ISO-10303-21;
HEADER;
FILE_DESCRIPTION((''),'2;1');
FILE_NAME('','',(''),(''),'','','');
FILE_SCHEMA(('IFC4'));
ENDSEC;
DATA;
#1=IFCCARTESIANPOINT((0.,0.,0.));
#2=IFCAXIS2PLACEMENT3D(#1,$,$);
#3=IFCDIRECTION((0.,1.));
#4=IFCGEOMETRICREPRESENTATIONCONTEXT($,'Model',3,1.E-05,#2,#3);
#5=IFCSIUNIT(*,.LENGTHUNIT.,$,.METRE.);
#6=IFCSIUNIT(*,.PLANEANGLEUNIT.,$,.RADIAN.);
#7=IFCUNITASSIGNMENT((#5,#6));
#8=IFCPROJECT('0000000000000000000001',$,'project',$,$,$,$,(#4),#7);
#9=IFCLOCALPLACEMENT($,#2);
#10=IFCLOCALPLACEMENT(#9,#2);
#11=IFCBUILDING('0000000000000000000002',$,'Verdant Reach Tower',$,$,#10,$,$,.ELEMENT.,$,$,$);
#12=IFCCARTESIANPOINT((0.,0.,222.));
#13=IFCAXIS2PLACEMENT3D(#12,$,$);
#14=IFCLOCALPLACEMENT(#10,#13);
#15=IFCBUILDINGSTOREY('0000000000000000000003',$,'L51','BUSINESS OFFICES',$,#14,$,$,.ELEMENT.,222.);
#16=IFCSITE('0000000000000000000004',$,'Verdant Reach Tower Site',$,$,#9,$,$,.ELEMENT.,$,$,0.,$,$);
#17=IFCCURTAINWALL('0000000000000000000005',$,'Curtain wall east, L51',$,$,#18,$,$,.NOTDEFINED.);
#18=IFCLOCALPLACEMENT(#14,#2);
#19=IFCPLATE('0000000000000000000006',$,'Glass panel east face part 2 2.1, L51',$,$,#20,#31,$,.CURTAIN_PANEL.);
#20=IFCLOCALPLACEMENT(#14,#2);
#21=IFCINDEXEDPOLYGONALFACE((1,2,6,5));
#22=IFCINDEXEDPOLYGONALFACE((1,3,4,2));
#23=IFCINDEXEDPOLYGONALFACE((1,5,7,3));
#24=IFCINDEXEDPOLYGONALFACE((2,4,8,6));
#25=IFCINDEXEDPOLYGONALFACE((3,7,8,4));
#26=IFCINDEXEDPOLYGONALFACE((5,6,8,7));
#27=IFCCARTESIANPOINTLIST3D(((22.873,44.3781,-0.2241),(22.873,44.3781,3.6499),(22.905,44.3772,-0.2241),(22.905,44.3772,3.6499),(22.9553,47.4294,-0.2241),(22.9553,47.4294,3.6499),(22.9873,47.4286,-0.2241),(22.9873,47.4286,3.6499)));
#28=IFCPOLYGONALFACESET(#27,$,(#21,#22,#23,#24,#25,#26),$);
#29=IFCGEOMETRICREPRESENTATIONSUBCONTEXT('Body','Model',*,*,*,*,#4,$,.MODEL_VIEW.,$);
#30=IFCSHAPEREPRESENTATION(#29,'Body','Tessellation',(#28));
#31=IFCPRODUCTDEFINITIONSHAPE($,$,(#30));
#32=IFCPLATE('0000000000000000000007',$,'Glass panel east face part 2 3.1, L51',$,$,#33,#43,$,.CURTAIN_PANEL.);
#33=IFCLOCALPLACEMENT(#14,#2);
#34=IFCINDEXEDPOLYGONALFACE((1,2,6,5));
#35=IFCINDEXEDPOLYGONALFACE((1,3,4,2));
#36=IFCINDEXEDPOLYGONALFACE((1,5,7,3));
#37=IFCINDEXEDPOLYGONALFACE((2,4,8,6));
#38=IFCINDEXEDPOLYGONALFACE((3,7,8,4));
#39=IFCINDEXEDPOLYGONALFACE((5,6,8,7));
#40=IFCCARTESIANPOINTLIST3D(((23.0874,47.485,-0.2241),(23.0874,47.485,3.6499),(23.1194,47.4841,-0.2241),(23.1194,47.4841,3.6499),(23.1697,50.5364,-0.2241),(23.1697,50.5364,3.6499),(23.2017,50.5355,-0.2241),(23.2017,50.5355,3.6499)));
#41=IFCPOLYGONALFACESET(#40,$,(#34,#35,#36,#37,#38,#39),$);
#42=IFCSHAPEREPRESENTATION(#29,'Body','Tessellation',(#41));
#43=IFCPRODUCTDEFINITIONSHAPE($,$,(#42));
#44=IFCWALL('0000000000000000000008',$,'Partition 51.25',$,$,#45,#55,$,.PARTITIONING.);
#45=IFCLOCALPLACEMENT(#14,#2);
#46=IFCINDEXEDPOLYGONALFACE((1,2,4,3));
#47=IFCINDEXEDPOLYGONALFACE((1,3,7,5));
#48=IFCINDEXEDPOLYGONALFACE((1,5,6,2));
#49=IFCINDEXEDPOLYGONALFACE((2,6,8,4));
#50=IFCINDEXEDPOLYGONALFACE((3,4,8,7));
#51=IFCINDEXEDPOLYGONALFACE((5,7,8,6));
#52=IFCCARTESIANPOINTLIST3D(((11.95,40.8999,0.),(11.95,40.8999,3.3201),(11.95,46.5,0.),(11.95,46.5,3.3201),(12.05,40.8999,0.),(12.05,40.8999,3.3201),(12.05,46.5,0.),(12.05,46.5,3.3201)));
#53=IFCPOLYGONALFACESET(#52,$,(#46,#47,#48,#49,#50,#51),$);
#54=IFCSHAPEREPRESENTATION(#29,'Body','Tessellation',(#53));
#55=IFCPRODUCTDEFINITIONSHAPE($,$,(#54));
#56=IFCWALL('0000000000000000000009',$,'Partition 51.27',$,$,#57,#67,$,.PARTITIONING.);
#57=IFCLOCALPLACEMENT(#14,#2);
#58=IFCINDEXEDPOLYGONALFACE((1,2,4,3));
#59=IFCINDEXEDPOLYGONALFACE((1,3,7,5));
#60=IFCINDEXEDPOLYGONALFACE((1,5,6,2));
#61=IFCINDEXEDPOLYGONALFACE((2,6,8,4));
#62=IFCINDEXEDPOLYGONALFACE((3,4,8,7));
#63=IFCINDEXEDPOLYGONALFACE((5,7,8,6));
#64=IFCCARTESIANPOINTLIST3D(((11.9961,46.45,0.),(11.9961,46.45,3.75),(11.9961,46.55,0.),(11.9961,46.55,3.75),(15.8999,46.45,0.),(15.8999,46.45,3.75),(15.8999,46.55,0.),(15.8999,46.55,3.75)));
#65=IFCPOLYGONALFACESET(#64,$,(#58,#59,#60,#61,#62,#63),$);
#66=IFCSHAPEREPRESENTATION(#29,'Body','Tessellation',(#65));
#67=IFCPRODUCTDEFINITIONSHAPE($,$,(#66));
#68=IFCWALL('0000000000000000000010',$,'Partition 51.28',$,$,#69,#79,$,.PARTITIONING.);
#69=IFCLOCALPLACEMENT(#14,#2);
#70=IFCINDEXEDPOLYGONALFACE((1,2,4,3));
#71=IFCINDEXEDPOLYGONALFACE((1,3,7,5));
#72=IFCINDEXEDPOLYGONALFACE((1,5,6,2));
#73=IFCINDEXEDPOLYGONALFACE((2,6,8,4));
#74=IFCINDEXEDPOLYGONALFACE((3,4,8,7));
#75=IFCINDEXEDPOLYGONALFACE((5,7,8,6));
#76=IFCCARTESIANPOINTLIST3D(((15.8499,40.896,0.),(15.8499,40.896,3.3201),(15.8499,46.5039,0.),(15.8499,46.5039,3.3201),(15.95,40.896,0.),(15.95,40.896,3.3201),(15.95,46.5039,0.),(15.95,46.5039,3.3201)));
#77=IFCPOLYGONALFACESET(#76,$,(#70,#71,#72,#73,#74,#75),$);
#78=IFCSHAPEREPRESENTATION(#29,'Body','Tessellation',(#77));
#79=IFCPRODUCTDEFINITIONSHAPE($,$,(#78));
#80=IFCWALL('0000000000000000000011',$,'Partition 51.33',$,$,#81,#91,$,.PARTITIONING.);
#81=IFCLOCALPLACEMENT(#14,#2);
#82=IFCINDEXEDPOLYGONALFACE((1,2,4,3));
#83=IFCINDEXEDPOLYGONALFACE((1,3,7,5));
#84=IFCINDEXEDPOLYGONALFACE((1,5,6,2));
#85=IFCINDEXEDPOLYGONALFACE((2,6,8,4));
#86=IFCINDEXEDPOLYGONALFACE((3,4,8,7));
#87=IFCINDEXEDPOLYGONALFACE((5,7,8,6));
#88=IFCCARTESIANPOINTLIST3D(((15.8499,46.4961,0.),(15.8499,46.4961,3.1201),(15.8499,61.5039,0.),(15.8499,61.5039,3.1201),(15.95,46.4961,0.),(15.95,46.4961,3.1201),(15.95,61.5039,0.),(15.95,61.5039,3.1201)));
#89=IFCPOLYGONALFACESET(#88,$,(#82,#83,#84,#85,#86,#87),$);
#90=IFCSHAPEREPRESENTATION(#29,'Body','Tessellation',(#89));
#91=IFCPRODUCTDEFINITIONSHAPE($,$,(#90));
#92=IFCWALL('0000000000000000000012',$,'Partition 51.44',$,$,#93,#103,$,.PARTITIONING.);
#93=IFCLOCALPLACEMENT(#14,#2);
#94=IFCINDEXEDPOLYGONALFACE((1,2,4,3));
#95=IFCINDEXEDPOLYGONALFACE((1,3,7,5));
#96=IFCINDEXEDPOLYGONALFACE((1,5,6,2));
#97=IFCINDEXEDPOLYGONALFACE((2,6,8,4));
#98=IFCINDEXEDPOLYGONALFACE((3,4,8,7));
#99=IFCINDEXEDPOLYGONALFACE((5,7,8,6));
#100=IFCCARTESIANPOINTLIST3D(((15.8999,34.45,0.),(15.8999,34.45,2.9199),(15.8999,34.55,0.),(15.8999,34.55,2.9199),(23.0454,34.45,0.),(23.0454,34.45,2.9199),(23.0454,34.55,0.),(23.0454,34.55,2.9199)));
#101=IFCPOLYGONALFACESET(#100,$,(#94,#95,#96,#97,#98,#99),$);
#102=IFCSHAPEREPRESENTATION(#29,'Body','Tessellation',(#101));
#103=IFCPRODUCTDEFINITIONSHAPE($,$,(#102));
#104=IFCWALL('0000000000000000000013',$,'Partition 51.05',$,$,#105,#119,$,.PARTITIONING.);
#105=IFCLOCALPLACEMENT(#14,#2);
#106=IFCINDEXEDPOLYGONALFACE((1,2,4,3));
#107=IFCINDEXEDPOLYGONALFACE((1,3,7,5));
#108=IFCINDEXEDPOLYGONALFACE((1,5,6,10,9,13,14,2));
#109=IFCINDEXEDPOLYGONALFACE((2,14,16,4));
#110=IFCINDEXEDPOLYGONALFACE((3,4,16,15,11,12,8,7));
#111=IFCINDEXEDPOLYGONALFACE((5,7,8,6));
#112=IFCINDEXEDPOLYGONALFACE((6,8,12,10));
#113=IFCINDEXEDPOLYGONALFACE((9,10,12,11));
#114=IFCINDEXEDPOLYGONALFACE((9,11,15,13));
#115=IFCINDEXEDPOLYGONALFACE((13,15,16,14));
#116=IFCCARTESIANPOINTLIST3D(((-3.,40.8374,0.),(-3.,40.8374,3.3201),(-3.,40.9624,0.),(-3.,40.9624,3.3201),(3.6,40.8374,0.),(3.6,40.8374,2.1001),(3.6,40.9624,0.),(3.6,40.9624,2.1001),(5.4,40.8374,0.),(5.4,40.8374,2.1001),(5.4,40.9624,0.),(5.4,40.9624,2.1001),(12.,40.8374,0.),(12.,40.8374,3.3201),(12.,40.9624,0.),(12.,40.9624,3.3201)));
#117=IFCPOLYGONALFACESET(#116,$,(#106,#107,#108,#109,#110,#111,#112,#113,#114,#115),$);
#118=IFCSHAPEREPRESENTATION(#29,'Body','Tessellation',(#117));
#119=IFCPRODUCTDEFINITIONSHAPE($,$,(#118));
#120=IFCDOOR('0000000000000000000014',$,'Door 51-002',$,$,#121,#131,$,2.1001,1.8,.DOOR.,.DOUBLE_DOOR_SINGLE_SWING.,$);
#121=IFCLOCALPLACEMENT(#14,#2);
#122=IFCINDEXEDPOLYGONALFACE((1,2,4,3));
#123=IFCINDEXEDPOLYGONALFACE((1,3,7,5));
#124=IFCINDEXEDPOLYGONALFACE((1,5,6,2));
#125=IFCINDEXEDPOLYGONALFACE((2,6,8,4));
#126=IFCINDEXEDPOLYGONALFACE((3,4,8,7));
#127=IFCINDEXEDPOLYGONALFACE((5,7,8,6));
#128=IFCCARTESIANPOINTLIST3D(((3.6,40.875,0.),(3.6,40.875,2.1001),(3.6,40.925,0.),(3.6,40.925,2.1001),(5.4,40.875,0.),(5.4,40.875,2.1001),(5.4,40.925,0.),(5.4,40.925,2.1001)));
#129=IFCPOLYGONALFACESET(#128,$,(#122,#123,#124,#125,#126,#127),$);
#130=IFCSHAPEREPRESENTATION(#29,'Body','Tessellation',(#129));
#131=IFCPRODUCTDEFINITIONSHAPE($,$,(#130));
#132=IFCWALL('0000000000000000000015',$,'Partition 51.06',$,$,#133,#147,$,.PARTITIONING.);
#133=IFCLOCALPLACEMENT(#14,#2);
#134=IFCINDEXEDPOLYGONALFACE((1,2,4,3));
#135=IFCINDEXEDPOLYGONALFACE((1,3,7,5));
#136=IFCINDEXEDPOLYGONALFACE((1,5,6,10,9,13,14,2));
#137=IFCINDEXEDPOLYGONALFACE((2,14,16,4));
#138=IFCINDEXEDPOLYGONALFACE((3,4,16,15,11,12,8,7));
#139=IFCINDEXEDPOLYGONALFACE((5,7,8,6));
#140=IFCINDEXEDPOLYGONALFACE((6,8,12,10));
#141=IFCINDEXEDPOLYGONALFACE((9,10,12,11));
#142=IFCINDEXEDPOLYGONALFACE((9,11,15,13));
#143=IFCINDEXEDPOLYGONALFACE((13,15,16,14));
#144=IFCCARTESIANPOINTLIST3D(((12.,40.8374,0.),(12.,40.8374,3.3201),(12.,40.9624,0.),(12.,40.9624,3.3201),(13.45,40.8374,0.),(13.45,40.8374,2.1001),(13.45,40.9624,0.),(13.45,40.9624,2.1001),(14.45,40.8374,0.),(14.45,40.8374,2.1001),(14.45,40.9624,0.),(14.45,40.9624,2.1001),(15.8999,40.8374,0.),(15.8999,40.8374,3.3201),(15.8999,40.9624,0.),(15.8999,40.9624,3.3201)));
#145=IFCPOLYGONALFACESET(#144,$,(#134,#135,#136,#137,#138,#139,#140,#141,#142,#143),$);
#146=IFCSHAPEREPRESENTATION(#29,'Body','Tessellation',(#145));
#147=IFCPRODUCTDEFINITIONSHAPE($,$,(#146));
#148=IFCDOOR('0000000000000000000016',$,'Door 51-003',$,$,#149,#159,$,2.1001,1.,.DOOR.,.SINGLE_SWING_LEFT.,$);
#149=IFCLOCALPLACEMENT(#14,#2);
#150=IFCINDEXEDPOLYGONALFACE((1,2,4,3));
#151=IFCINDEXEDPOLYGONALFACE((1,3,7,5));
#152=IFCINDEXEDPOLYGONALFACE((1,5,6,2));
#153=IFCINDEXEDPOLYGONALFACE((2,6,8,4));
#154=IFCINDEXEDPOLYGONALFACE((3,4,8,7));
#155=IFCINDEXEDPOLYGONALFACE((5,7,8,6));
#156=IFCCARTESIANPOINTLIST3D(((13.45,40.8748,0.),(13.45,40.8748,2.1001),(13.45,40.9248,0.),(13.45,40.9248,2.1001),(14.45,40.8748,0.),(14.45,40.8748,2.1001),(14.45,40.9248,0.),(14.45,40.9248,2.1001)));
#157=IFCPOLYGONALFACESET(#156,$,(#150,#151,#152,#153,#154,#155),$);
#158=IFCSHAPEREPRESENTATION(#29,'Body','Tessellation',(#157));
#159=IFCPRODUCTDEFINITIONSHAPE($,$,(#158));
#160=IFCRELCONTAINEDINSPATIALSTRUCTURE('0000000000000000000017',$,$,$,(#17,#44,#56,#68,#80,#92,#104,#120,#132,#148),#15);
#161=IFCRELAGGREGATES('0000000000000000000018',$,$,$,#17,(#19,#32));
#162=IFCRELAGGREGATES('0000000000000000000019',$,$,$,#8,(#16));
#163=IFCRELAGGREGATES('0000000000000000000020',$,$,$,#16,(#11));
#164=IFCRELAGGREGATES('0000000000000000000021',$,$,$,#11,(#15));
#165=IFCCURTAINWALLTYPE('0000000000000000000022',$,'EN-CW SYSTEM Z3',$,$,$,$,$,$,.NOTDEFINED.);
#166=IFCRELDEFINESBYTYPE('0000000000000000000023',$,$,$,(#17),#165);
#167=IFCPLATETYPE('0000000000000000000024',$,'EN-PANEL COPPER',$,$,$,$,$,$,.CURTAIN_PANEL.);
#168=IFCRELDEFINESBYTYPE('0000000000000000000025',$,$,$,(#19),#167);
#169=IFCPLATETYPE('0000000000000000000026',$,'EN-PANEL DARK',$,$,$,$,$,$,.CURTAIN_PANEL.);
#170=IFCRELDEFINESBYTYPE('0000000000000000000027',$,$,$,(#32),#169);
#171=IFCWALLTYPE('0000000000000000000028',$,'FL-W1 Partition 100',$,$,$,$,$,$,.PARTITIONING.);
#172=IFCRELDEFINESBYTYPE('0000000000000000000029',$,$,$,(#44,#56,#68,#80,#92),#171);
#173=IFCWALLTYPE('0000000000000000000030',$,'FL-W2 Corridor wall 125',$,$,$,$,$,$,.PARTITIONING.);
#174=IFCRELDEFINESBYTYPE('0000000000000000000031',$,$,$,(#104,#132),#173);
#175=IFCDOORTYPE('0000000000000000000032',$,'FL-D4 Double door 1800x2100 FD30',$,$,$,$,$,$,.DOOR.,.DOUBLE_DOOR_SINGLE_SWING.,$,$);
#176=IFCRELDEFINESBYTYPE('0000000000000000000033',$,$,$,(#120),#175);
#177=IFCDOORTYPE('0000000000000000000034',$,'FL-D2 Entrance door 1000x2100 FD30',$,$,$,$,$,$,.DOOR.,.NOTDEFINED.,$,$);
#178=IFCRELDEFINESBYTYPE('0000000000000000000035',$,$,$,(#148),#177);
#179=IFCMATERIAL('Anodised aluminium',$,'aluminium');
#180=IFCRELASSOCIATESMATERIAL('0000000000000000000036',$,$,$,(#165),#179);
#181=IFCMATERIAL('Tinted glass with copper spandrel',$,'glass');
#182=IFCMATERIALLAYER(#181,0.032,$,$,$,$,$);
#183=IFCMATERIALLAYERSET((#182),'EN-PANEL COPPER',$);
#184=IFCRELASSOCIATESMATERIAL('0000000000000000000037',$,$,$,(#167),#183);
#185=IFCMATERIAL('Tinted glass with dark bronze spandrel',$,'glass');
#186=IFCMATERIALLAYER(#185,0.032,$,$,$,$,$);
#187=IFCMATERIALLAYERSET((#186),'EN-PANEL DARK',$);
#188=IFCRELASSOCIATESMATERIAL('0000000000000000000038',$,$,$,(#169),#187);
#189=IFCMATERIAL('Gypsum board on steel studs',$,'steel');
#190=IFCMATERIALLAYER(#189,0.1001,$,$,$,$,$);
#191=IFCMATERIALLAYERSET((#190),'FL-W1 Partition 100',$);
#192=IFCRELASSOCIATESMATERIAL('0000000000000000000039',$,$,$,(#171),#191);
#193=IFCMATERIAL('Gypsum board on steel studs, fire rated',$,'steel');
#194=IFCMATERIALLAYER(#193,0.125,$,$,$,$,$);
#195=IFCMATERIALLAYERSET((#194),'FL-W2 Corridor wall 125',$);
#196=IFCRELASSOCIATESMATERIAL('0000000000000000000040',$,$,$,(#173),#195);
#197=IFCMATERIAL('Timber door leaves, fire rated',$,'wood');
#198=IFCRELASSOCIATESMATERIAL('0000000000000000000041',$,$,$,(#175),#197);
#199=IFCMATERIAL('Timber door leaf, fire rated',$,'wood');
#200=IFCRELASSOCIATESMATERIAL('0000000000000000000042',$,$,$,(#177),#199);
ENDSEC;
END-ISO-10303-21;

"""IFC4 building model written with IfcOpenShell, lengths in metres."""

from ifc_helpers import new_model, si_unit, direction, frame, frame_2d, origin, origin_2d, place, context, subcontext, project, spatial, rectangle, extrude, material, layer, layer_set, type_object, element, fill, aggregate, save


model = new_model("IFC4")

# Units and contexts
model_context = context("Model", 3, precision=1e-05, world=origin(), true_north=direction((0.0, 1.0)))
body_context = subcontext(model_context, "Body", "Model", "MODEL_VIEW")
ifc_project = project(units=[si_unit("LENGTHUNIT", "METRE"), si_unit("PLANEANGLEUNIT", "RADIAN")], contexts=[model_context])

# Site, building, storey
site_placement = place(None, origin())
site = spatial("IfcSite", under=ifc_project, at=site_placement, Name="Verdant Reach Tower Site", CompositionType="ELEMENT", RefElevation=0.0)
building_placement = place(site_placement, origin())
building = spatial("IfcBuilding", under=site, at=building_placement, Name="Verdant Reach Tower", CompositionType="ELEMENT")
storey_placement = place(building_placement, frame((0.0, 0.0, 222.0)))
storey = spatial("IfcBuildingStorey", under=building, at=storey_placement, Name="L51", Description="BUSINESS OFFICES", CompositionType="ELEMENT", Elevation=222.0)

# Curtain wall
ifc_material_1 = material(Name="Anodised aluminium", Category="aluminium")
curtain_wall_type = type_object("IfcCurtainWallType", Name="EN-CW SYSTEM Z3", PredefinedType="NOTDEFINED", material=ifc_material_1)
curtain_wall_placement = place(storey_placement, origin())
curtain_wall = element("IfcCurtainWall", 1, at=curtain_wall_placement, inside=storey, type_object=curtain_wall_type, Name="Curtain wall east, L51", PredefinedType="NOTDEFINED")

# Plates
ifc_material_2 = material(Name="Tinted glass with copper spandrel", Category="glass")
ifc_layer_1 = layer(ifc_material_2, 0.032)
ifc_layer_set_1 = layer_set([ifc_layer_1], Name="EN-PANEL COPPER")
plate_type_1 = type_object("IfcPlateType", Name="EN-PANEL COPPER", PredefinedType="CURTAIN_PANEL", material=ifc_layer_set_1)
plate_1_placement = place(storey_placement, frame((22.9302, 45.9033, -0.2241), z_axis=(0.0, 0.0, 1.0), x_axis=(0.026965, 0.999636, 0.0)))
plate_1 = element("IfcPlate", 2, at=plate_1_placement, type_object=plate_type_1, Name="Glass panel east face part 2 2.1, L51", PredefinedType="CURTAIN_PANEL", context=body_context, shape_type="SweptSolid", body=[
    extrude(rectangle(XDim=3.0525, YDim=0.032, at=origin_2d()), origin(), (0.0, 0.0, 1.0), 3.874),
])
ifc_material_3 = material(Name="Tinted glass with dark bronze spandrel", Category="glass")
ifc_layer_2 = layer(ifc_material_3, 0.032)
ifc_layer_set_2 = layer_set([ifc_layer_2], Name="EN-PANEL DARK")
plate_type_2 = type_object("IfcPlateType", Name="EN-PANEL DARK", PredefinedType="CURTAIN_PANEL", material=ifc_layer_set_2)
plate_2_placement = place(storey_placement, frame((23.1445, 49.0103, -0.2241), z_axis=(0.0, 0.0, 1.0), x_axis=(0.026965, 0.999636, 0.0)))
plate_2 = element("IfcPlate", 3, at=plate_2_placement, type_object=plate_type_2, Name="Glass panel east face part 2 3.1, L51", PredefinedType="CURTAIN_PANEL", context=body_context, shape_type="SweptSolid", body=[
    extrude(rectangle(XDim=3.0525, YDim=0.032, at=origin_2d()), origin(), (0.0, 0.0, 1.0), 3.874),
])
aggregate(curtain_wall, [plate_1, plate_2])

# Walls
ifc_material_4 = material(Name="Gypsum board on steel studs", Category="steel")
ifc_layer_3 = layer(ifc_material_4, 0.1001)
ifc_layer_set_3 = layer_set([ifc_layer_3], Name="FL-W1 Partition 100")
wall_type_1 = type_object("IfcWallType", Name="FL-W1 Partition 100", PredefinedType="PARTITIONING", material=ifc_layer_set_3)
wall_1_placement = place(storey_placement, frame((12.0, 40.8999, 0.0), z_axis=(0.0, 0.0, 1.0), x_axis=(0.0, 1.0, 0.0)))
element("IfcWall", 4, at=wall_1_placement, inside=storey, type_object=wall_type_1, Name="Partition 51.25", PredefinedType="PARTITIONING", context=body_context, shape_type="SweptSolid", body=[
    extrude(rectangle(XDim=5.6001, YDim=0.1001, at=frame_2d((2.8, 0.0))), origin(), (0.0, 0.0, 1.0), 3.3201),
])
wall_2_placement = place(storey_placement, frame((15.8999, 46.5, 0.0), z_axis=(0.0, 0.0, 1.0), x_axis=(-1.0, 0.0, 0.0)))
element("IfcWall", 5, at=wall_2_placement, inside=storey, type_object=wall_type_1, Name="Partition 51.27", PredefinedType="PARTITIONING", context=body_context, shape_type="SweptSolid", body=[
    extrude(rectangle(XDim=3.9038, YDim=0.1001, at=frame_2d((1.9519, 0.0))), origin(), (0.0, 0.0, 1.0), 3.75),
])
wall_3_placement = place(storey_placement, frame((15.8999, 40.896, 0.0), z_axis=(0.0, 0.0, 1.0), x_axis=(0.0, 1.0, 0.0)))
element("IfcWall", 6, at=wall_3_placement, inside=storey, type_object=wall_type_1, Name="Partition 51.28", PredefinedType="PARTITIONING", context=body_context, shape_type="SweptSolid", body=[
    extrude(rectangle(XDim=5.6079, YDim=0.1001, at=frame_2d((2.804, 0.0))), origin(), (0.0, 0.0, 1.0), 3.3201),
])
wall_4_placement = place(storey_placement, frame((15.8999, 46.4961, 0.0), z_axis=(0.0, 0.0, 1.0), x_axis=(0.0, 1.0, 0.0)))
element("IfcWall", 7, at=wall_4_placement, inside=storey, type_object=wall_type_1, Name="Partition 51.33", PredefinedType="PARTITIONING", context=body_context, shape_type="SweptSolid", body=[
    extrude(rectangle(XDim=15.0078, YDim=0.1001, at=frame_2d((7.5039, 0.0))), origin(), (0.0, 0.0, 1.0), 3.1201),
])
wall_5_placement = place(storey_placement, frame((23.0454, 34.5, 0.0), z_axis=(0.0, 0.0, 1.0), x_axis=(-1.0, 0.0, 0.0)))
element("IfcWall", 8, at=wall_5_placement, inside=storey, type_object=wall_type_1, Name="Partition 51.44", PredefinedType="PARTITIONING", context=body_context, shape_type="SweptSolid", body=[
    extrude(rectangle(XDim=7.1455, YDim=0.1001, at=frame_2d((3.5728, 0.0))), origin(), (0.0, 0.0, 1.0), 2.9199),
])

# Walls, openings, doors
ifc_material_5 = material(Name="Gypsum board on steel studs, fire rated", Category="steel")
ifc_layer_4 = layer(ifc_material_5, 0.125)
ifc_layer_set_4 = layer_set([ifc_layer_4], Name="FL-W2 Corridor wall 125")
wall_type_2 = type_object("IfcWallType", Name="FL-W2 Corridor wall 125", PredefinedType="PARTITIONING", material=ifc_layer_set_4)
wall_6_placement = place(storey_placement, frame((12.0, 40.8999, 0.0), z_axis=(0.0, 0.0, 1.0), x_axis=(-1.0, 0.0, 0.0)))
wall_6 = element("IfcWall", 9, at=wall_6_placement, inside=storey, type_object=wall_type_2, Name="Partition 51.05", PredefinedType="PARTITIONING", context=body_context, shape_type="SweptSolid", body=[
    extrude(rectangle(XDim=15.0, YDim=0.125, at=frame_2d((7.5, 0.0))), origin(), (0.0, 0.0, 1.0), 3.3201),
])
opening_1_placement = place(wall_6_placement, frame((6.6001, 0.0, 0.0)))
opening_1 = element("IfcOpeningElement", 10, at=opening_1_placement, cuts=wall_6, PredefinedType="OPENING", context=body_context, shape_type="SweptSolid", body=[
    extrude(rectangle(XDim=1.8, YDim=2.1001, at=frame_2d((0.8999, 1.05))), frame((0.0, 0.0725, 0.0), z_axis=(0.0, -1.0, 0.0), x_axis=(1.0, 0.0, 0.0)), (0.0, 0.0, 1.0), 0.145),
])
ifc_material_6 = material(Name="Timber door leaves, fire rated", Category="wood")
door_type_1 = type_object("IfcDoorType", Name="FL-D4 Double door 1800x2100 FD30", OperationType="DOUBLE_DOOR_SINGLE_SWING", PredefinedType="DOOR", material=ifc_material_6)
door_1_placement = place(opening_1_placement, origin())
door_1 = element("IfcDoor", 11, at=door_1_placement, inside=storey, type_object=door_type_1, Name="Door 51-002", OperationType="DOUBLE_DOOR_SINGLE_SWING", OverallHeight=2.1001, OverallWidth=1.8, PredefinedType="DOOR", context=body_context, shape_type="SweptSolid", body=[
    extrude(rectangle(XDim=1.8, YDim=2.1001, at=frame_2d((0.8999, 1.05))), frame((0.0, 0.0249, 0.0), z_axis=(0.0, -1.0, 0.0), x_axis=(1.0, 0.0, 0.0)), (0.0, 0.0, 1.0), 0.05),
])
fill(opening_1, door_1)
wall_7_placement = place(storey_placement, frame((12.0, 40.8999, 0.0), z_axis=(0.0, 0.0, 1.0), x_axis=(1.0, 0.0, 0.0)))
wall_7 = element("IfcWall", 12, at=wall_7_placement, inside=storey, type_object=wall_type_2, Name="Partition 51.06", PredefinedType="PARTITIONING", context=body_context, shape_type="SweptSolid", body=[
    extrude(rectangle(XDim=3.8999, YDim=0.125, at=frame_2d((1.95, 0.0))), origin(), (0.0, 0.0, 1.0), 3.3201),
])
opening_2_placement = place(wall_7_placement, frame((1.45, 0.0, 0.0)))
opening_2 = element("IfcOpeningElement", 13, at=opening_2_placement, cuts=wall_7, PredefinedType="OPENING", context=body_context, shape_type="SweptSolid", body=[
    extrude(rectangle(XDim=1.0, YDim=2.1001, at=frame_2d((0.5, 1.05))), frame((0.0, 0.0725, 0.0), z_axis=(0.0, -1.0, 0.0), x_axis=(1.0, 0.0, 0.0)), (0.0, 0.0, 1.0), 0.145),
])
ifc_material_7 = material(Name="Timber door leaf, fire rated", Category="wood")
door_type_2 = type_object("IfcDoorType", Name="FL-D2 Entrance door 1000x2100 FD30", OperationType="NOTDEFINED", PredefinedType="DOOR", material=ifc_material_7)
door_2_placement = place(opening_2_placement, origin())
door_2 = element("IfcDoor", 14, at=door_2_placement, inside=storey, type_object=door_type_2, Name="Door 51-003", OperationType="SINGLE_SWING_LEFT", OverallHeight=2.1001, OverallWidth=1.0, PredefinedType="DOOR", context=body_context, shape_type="SweptSolid", body=[
    extrude(rectangle(XDim=1.0, YDim=2.1001, at=frame_2d((0.5, 1.05))), frame((0.0, 0.0249, 0.0), z_axis=(0.0, -1.0, 0.0), x_axis=(1.0, 0.0, 0.0)), (0.0, 0.0, 1.0), 0.05),
])
fill(opening_2, door_2)

save(model, "model.ifc")
